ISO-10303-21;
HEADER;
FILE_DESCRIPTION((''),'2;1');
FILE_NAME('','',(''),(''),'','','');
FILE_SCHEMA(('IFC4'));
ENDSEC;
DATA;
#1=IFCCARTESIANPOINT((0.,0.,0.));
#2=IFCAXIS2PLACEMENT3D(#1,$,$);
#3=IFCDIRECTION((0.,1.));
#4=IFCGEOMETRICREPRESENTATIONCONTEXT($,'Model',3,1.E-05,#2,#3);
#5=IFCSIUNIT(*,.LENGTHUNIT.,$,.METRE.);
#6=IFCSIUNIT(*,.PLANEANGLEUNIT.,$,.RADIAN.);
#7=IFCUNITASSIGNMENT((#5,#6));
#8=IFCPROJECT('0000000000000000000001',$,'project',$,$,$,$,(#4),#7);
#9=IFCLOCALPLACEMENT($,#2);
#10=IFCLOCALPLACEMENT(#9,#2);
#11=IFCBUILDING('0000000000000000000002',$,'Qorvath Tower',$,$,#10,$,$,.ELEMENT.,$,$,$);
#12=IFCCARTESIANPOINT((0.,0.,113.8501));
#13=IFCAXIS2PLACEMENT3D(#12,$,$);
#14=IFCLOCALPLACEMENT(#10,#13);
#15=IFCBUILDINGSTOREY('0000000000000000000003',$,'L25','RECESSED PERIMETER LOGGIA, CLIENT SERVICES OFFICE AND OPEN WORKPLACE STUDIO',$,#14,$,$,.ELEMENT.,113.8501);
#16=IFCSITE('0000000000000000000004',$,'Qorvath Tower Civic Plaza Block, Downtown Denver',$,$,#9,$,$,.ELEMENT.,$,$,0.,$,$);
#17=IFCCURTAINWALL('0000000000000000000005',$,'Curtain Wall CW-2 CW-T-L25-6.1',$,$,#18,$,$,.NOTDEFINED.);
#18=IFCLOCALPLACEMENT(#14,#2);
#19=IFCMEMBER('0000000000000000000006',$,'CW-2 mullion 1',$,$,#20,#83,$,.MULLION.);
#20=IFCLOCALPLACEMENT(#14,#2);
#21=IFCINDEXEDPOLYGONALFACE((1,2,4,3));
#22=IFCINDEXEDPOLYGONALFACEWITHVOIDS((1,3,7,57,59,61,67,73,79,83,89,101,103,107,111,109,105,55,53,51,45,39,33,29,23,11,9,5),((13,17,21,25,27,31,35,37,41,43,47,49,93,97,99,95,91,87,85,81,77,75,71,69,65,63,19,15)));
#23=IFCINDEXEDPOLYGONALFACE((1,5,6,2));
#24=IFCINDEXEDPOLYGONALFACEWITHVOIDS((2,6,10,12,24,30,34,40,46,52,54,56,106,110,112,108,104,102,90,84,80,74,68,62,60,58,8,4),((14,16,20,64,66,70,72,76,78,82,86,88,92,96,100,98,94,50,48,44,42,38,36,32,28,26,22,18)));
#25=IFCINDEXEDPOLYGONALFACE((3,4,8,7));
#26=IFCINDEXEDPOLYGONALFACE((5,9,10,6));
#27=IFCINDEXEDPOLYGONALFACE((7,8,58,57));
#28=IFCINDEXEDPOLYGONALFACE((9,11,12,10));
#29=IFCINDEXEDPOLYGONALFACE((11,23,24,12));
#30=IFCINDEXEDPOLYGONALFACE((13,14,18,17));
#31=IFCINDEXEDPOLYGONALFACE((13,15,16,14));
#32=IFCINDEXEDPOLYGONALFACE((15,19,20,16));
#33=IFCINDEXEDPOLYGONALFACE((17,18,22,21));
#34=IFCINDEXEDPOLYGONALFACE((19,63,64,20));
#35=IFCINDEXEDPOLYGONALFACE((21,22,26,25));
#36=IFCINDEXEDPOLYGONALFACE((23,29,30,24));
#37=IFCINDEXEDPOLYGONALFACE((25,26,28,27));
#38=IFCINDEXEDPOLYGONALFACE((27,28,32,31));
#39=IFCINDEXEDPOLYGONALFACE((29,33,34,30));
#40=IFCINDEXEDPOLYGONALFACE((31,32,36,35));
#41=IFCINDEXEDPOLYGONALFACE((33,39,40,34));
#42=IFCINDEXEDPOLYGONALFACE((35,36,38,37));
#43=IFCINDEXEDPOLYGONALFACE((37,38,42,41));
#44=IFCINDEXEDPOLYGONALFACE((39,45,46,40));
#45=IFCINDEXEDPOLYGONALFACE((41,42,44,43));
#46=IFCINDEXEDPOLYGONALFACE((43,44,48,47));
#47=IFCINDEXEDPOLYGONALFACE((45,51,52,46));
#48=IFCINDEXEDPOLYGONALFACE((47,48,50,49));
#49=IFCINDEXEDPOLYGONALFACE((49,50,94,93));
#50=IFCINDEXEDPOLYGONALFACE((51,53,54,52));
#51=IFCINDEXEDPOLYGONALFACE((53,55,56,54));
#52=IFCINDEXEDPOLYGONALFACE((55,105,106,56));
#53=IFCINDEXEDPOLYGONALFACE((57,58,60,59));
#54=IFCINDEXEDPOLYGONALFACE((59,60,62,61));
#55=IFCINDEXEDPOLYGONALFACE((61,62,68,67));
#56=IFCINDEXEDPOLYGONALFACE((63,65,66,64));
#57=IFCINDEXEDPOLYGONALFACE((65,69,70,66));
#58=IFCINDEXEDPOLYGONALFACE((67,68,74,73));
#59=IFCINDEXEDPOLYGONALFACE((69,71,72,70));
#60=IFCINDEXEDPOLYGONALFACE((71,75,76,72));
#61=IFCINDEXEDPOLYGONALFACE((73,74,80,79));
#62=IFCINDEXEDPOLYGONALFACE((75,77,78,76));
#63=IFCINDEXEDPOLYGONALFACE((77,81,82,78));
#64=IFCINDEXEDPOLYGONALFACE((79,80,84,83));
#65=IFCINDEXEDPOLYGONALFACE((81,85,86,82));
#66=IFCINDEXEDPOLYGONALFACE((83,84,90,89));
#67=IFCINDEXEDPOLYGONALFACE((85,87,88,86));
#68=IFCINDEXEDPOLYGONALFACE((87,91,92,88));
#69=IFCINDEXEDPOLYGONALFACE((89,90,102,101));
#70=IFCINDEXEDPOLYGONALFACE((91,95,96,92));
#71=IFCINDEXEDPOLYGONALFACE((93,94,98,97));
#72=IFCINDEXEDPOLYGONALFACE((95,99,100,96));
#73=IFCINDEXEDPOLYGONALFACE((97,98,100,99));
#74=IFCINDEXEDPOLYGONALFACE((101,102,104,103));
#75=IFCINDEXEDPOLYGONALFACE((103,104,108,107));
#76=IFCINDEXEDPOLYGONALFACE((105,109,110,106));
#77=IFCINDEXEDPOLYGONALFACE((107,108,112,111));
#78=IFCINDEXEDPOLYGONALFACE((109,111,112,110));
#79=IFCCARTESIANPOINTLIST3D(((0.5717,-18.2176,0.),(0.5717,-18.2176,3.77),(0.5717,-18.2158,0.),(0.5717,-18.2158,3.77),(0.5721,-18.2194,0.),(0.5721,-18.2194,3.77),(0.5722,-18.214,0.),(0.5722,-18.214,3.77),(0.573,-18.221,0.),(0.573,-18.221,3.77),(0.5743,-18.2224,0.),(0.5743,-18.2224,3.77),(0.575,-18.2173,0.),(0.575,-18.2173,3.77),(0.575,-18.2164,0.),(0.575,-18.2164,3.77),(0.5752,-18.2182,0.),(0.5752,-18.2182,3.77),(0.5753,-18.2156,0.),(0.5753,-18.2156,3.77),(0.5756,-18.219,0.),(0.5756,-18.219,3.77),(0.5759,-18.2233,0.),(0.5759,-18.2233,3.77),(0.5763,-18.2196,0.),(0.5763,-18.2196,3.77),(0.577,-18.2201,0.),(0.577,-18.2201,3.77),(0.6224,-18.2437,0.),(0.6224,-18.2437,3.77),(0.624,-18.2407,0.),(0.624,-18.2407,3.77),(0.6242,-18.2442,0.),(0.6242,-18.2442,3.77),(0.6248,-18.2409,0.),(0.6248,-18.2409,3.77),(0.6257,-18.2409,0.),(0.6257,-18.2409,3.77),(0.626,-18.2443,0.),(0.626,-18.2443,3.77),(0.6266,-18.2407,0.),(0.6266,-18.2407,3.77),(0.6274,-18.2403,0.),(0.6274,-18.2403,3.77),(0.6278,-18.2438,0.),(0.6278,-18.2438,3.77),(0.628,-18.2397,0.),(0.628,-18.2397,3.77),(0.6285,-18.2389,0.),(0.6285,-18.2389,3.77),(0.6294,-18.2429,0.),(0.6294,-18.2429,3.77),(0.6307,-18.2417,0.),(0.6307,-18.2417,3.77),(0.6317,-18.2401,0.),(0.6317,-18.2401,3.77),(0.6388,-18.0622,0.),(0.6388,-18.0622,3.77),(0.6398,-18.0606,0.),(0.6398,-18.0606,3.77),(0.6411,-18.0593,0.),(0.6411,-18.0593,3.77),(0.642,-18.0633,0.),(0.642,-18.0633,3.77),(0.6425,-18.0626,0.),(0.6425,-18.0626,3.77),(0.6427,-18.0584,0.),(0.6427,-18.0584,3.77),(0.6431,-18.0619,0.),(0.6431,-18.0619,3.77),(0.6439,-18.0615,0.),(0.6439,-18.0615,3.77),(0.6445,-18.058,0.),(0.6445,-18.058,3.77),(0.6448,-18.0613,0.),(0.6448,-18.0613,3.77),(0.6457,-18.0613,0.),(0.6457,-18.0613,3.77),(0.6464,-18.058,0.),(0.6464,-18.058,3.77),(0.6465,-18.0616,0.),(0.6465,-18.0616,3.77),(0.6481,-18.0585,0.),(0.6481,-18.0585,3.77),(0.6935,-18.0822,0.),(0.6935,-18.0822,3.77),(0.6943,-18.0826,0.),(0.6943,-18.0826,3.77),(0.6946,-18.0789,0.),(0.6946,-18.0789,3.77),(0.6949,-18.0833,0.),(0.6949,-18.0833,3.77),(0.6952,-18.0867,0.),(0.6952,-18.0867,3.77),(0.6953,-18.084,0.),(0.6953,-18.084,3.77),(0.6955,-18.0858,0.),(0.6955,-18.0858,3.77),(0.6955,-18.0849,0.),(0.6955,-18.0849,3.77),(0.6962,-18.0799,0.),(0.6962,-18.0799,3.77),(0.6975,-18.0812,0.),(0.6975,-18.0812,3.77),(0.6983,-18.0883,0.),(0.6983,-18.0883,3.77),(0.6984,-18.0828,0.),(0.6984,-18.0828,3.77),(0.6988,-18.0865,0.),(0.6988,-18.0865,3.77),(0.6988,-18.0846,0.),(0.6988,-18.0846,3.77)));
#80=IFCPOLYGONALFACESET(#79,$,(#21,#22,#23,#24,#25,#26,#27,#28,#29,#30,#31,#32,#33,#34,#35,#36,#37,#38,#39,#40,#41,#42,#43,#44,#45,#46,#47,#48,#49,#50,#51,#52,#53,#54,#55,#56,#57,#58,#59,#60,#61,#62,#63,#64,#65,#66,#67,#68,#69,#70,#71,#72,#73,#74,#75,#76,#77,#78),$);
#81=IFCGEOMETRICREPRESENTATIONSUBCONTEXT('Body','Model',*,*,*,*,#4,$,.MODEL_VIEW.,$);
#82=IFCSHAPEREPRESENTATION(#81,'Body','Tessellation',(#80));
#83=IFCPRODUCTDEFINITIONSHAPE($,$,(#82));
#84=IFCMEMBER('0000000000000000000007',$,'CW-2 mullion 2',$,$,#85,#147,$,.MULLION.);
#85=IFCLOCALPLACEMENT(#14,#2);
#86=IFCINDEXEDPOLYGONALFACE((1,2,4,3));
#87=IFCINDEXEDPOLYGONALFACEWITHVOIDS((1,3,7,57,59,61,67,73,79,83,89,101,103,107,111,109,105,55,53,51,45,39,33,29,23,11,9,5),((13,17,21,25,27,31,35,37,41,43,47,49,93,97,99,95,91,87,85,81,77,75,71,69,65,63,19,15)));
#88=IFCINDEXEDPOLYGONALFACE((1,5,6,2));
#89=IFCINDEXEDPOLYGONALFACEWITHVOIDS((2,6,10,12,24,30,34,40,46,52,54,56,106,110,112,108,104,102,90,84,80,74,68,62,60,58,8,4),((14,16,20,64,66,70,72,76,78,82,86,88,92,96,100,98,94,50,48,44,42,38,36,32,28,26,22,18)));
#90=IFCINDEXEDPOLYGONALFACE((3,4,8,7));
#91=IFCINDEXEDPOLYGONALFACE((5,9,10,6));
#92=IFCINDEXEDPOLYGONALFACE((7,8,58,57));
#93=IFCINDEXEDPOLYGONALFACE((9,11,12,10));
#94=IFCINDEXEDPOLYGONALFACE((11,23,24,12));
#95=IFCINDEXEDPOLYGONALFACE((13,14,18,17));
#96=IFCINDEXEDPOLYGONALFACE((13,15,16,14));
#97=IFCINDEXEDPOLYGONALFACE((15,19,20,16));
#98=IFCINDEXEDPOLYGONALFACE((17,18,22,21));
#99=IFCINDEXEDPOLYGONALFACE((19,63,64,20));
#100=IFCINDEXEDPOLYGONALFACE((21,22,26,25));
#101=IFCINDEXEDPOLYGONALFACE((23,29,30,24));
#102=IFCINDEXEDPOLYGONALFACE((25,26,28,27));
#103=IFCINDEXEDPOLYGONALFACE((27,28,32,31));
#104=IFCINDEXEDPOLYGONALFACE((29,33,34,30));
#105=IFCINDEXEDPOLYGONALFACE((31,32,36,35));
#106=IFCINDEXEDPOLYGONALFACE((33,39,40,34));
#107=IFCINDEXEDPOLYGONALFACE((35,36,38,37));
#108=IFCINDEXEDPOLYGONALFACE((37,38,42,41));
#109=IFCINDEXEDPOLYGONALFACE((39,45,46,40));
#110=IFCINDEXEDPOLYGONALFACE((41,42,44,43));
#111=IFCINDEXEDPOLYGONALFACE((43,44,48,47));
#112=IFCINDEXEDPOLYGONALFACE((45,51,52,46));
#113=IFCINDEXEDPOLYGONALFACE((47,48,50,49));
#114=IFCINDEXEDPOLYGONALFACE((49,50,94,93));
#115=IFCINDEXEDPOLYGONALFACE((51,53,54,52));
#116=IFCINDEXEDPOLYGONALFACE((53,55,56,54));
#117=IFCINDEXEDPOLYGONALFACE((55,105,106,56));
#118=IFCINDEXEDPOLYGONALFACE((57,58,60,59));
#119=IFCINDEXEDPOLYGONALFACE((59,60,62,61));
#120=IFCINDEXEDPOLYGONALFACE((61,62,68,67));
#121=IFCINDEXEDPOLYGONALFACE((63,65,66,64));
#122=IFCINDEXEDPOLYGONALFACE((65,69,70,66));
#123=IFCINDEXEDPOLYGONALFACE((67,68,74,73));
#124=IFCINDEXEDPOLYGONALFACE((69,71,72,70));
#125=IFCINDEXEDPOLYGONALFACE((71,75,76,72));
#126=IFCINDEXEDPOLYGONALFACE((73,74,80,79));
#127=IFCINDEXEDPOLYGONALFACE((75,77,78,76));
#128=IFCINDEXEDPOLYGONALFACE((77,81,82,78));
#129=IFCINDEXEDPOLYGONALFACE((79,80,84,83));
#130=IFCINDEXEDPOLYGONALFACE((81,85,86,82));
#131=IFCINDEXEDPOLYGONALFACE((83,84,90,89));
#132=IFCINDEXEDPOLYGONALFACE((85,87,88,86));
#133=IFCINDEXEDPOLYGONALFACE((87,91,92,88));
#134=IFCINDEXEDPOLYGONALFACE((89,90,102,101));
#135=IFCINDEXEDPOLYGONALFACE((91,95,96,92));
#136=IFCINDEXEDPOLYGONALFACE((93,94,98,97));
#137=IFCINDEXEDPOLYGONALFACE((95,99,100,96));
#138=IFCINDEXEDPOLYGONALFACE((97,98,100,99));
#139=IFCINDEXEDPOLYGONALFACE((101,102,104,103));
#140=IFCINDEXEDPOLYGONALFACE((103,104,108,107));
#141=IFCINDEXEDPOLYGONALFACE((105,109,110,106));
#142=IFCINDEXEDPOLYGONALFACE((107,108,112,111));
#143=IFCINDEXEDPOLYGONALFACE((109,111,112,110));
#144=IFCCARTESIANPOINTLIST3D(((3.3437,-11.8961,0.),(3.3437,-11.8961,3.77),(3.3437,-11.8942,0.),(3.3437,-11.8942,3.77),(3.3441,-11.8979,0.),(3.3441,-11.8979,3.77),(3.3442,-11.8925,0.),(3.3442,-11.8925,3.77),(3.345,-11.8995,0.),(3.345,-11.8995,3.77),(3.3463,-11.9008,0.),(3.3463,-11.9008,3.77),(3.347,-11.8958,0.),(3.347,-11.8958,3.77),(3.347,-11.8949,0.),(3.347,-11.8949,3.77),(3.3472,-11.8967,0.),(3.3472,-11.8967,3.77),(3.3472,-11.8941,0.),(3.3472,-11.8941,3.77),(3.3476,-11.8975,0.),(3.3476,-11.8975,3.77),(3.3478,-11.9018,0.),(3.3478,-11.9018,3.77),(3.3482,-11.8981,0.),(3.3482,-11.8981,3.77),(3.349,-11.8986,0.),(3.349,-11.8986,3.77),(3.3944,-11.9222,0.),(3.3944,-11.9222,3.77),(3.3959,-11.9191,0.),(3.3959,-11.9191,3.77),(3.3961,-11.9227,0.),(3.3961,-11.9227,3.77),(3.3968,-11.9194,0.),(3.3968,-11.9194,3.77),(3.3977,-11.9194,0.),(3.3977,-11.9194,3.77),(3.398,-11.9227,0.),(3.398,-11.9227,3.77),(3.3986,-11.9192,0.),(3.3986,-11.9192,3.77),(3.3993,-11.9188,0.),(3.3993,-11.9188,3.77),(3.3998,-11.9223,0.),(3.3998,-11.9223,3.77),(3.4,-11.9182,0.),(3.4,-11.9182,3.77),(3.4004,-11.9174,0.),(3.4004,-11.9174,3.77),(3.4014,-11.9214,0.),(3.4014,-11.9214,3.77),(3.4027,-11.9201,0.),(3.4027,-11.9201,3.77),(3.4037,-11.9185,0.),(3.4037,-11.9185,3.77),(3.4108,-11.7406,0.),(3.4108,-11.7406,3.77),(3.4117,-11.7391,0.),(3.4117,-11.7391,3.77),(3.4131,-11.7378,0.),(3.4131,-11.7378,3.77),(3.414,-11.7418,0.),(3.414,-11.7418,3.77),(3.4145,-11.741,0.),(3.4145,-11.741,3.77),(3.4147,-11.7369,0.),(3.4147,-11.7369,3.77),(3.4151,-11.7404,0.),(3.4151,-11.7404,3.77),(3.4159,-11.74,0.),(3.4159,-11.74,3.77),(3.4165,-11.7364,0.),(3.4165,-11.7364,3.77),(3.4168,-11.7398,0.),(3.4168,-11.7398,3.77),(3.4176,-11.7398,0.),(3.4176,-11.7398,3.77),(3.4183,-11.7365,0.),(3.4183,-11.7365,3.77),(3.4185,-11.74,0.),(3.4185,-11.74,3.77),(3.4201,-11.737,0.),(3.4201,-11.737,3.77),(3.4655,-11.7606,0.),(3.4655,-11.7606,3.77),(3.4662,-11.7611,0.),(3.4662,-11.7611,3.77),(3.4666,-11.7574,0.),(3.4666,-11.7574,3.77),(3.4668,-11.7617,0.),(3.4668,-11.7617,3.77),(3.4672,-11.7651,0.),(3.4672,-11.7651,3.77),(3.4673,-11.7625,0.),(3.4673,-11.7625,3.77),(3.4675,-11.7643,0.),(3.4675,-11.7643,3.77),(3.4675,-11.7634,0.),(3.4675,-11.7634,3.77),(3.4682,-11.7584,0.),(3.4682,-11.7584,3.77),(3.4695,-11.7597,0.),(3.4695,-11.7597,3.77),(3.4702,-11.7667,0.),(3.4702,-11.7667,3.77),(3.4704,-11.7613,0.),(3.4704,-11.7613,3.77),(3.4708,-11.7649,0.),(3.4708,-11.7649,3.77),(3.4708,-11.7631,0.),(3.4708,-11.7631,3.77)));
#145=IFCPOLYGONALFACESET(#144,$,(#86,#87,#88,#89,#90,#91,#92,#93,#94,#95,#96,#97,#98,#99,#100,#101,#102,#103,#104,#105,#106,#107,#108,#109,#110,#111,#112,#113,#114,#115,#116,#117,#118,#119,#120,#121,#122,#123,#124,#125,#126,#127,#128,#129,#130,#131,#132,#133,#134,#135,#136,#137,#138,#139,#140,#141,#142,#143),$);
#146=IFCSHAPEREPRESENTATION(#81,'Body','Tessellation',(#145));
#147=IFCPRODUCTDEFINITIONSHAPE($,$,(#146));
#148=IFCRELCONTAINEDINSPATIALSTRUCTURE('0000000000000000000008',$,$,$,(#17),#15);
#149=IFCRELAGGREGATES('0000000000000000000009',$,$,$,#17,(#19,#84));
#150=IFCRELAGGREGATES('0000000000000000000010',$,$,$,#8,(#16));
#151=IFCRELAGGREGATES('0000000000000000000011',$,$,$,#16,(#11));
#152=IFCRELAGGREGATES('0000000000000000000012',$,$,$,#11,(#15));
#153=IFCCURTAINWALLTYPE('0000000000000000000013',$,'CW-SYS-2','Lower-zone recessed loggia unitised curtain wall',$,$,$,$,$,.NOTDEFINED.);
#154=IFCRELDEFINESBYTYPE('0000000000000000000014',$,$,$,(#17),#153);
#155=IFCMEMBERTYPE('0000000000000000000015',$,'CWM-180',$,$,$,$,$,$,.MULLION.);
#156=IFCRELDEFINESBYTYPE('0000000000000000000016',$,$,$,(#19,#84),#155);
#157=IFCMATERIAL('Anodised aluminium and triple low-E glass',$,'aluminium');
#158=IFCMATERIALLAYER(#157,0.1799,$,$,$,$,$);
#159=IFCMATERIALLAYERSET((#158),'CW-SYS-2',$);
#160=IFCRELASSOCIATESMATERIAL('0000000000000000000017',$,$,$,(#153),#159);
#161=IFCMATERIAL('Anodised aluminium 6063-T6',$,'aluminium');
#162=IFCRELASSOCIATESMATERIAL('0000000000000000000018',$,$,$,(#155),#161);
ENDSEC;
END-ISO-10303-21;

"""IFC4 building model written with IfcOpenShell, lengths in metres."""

from ifc_helpers import new_model, si_unit, direction, frame, origin, origin_2d, place, context, subcontext, project, spatial, hollow_rectangle, extrude, material, layer, layer_set, material_profile, profile_set, type_object, element, aggregate, save


model = new_model("IFC4")

# Units and contexts
model_context = context("Model", 3, precision=1e-05, world=origin(), true_north=direction((0.0, 1.0)))
body_context = subcontext(model_context, "Body", "Model", "MODEL_VIEW")
ifc_project = project(units=[si_unit("LENGTHUNIT", "METRE"), si_unit("PLANEANGLEUNIT", "RADIAN")], contexts=[model_context])

# Site, building, storey
site_placement = place(None, origin())
site = spatial("IfcSite", under=ifc_project, at=site_placement, Name="Qorvath Tower Civic Plaza Block, Downtown Denver", CompositionType="ELEMENT", RefElevation=0.0)
building_placement = place(site_placement, origin())
building = spatial("IfcBuilding", under=site, at=building_placement, Name="Qorvath Tower", CompositionType="ELEMENT")
storey_placement = place(building_placement, frame((0.0, 0.0, 113.8501)))
storey = spatial("IfcBuildingStorey", under=building, at=storey_placement, Name="L25", Description="RECESSED PERIMETER LOGGIA, CLIENT SERVICES OFFICE AND OPEN WORKPLACE STUDIO", CompositionType="ELEMENT", Elevation=113.8501)

# Curtain wall, members
ifc_material_1 = material(Name="Anodised aluminium and triple low-E glass", Category="aluminium")
ifc_layer_1 = layer(ifc_material_1, 0.1799)
ifc_layer_set_1 = layer_set([ifc_layer_1], Name="CW-SYS-2")
curtain_wall_type = type_object("IfcCurtainWallType", Name="CW-SYS-2", Description="Lower-zone recessed loggia unitised curtain wall", PredefinedType="NOTDEFINED", material=ifc_layer_set_1)
ifc_material_2 = material(Name="Anodised aluminium 6063-T6", Category="aluminium")
ifc_material_profile_1 = material_profile(ifc_material_2, hollow_rectangle(XDim=0.0649, YDim=0.1799, WallThickness=0.0034, InnerFilletRadius=0.0034, OuterFilletRadius=0.0071, at=origin_2d()), Name="CWM 180x65")
ifc_profile_set_1 = profile_set([ifc_material_profile_1], Name="Anodised aluminium 6063-T6")
member_type_1 = type_object("IfcMemberType", Name="CWM-180", PredefinedType="MULLION", material=ifc_profile_set_1)
curtain_wall_1_placement = place(storey_placement, origin())
curtain_wall_1 = element("IfcCurtainWall", 1, at=curtain_wall_1_placement, inside=storey, type_object=curtain_wall_type, Name="Curtain Wall CW-2 CW-T-L25-6.1", PredefinedType="NOTDEFINED")
member_1_placement = place(storey_placement, frame((0.6353, -18.1511, 0.0), z_axis=(0.0, 0.0, 1.0), x_axis=(-0.915821, 0.401586, 0.0)))
member_1 = element("IfcMember", 2, at=member_1_placement, type_object=member_type_1, Name="CW-2 mullion 1", PredefinedType="MULLION", context=body_context, shape_type="SweptSolid", body=[
    extrude(hollow_rectangle(XDim=0.0649, YDim=0.1799, WallThickness=0.0034, InnerFilletRadius=0.0034, OuterFilletRadius=0.0071, at=origin_2d()), origin(), (0.0, 0.0, 1.0), 3.77),
])
member_2_placement = place(storey_placement, frame((3.4072, -11.8296, 0.0), z_axis=(0.0, 0.0, 1.0), x_axis=(-0.915821, 0.401586, 0.0)))
member_2 = element("IfcMember", 3, at=member_2_placement, type_object=member_type_1, Name="CW-2 mullion 2", PredefinedType="MULLION", context=body_context, shape_type="SweptSolid", body=[
    extrude(hollow_rectangle(XDim=0.0649, YDim=0.1799, WallThickness=0.0034, InnerFilletRadius=0.0034, OuterFilletRadius=0.0071, at=origin_2d()), origin(), (0.0, 0.0, 1.0), 3.77),
])

aggregate(curtain_wall_1, [member_1, member_2])

save(model, "model.ifc")
